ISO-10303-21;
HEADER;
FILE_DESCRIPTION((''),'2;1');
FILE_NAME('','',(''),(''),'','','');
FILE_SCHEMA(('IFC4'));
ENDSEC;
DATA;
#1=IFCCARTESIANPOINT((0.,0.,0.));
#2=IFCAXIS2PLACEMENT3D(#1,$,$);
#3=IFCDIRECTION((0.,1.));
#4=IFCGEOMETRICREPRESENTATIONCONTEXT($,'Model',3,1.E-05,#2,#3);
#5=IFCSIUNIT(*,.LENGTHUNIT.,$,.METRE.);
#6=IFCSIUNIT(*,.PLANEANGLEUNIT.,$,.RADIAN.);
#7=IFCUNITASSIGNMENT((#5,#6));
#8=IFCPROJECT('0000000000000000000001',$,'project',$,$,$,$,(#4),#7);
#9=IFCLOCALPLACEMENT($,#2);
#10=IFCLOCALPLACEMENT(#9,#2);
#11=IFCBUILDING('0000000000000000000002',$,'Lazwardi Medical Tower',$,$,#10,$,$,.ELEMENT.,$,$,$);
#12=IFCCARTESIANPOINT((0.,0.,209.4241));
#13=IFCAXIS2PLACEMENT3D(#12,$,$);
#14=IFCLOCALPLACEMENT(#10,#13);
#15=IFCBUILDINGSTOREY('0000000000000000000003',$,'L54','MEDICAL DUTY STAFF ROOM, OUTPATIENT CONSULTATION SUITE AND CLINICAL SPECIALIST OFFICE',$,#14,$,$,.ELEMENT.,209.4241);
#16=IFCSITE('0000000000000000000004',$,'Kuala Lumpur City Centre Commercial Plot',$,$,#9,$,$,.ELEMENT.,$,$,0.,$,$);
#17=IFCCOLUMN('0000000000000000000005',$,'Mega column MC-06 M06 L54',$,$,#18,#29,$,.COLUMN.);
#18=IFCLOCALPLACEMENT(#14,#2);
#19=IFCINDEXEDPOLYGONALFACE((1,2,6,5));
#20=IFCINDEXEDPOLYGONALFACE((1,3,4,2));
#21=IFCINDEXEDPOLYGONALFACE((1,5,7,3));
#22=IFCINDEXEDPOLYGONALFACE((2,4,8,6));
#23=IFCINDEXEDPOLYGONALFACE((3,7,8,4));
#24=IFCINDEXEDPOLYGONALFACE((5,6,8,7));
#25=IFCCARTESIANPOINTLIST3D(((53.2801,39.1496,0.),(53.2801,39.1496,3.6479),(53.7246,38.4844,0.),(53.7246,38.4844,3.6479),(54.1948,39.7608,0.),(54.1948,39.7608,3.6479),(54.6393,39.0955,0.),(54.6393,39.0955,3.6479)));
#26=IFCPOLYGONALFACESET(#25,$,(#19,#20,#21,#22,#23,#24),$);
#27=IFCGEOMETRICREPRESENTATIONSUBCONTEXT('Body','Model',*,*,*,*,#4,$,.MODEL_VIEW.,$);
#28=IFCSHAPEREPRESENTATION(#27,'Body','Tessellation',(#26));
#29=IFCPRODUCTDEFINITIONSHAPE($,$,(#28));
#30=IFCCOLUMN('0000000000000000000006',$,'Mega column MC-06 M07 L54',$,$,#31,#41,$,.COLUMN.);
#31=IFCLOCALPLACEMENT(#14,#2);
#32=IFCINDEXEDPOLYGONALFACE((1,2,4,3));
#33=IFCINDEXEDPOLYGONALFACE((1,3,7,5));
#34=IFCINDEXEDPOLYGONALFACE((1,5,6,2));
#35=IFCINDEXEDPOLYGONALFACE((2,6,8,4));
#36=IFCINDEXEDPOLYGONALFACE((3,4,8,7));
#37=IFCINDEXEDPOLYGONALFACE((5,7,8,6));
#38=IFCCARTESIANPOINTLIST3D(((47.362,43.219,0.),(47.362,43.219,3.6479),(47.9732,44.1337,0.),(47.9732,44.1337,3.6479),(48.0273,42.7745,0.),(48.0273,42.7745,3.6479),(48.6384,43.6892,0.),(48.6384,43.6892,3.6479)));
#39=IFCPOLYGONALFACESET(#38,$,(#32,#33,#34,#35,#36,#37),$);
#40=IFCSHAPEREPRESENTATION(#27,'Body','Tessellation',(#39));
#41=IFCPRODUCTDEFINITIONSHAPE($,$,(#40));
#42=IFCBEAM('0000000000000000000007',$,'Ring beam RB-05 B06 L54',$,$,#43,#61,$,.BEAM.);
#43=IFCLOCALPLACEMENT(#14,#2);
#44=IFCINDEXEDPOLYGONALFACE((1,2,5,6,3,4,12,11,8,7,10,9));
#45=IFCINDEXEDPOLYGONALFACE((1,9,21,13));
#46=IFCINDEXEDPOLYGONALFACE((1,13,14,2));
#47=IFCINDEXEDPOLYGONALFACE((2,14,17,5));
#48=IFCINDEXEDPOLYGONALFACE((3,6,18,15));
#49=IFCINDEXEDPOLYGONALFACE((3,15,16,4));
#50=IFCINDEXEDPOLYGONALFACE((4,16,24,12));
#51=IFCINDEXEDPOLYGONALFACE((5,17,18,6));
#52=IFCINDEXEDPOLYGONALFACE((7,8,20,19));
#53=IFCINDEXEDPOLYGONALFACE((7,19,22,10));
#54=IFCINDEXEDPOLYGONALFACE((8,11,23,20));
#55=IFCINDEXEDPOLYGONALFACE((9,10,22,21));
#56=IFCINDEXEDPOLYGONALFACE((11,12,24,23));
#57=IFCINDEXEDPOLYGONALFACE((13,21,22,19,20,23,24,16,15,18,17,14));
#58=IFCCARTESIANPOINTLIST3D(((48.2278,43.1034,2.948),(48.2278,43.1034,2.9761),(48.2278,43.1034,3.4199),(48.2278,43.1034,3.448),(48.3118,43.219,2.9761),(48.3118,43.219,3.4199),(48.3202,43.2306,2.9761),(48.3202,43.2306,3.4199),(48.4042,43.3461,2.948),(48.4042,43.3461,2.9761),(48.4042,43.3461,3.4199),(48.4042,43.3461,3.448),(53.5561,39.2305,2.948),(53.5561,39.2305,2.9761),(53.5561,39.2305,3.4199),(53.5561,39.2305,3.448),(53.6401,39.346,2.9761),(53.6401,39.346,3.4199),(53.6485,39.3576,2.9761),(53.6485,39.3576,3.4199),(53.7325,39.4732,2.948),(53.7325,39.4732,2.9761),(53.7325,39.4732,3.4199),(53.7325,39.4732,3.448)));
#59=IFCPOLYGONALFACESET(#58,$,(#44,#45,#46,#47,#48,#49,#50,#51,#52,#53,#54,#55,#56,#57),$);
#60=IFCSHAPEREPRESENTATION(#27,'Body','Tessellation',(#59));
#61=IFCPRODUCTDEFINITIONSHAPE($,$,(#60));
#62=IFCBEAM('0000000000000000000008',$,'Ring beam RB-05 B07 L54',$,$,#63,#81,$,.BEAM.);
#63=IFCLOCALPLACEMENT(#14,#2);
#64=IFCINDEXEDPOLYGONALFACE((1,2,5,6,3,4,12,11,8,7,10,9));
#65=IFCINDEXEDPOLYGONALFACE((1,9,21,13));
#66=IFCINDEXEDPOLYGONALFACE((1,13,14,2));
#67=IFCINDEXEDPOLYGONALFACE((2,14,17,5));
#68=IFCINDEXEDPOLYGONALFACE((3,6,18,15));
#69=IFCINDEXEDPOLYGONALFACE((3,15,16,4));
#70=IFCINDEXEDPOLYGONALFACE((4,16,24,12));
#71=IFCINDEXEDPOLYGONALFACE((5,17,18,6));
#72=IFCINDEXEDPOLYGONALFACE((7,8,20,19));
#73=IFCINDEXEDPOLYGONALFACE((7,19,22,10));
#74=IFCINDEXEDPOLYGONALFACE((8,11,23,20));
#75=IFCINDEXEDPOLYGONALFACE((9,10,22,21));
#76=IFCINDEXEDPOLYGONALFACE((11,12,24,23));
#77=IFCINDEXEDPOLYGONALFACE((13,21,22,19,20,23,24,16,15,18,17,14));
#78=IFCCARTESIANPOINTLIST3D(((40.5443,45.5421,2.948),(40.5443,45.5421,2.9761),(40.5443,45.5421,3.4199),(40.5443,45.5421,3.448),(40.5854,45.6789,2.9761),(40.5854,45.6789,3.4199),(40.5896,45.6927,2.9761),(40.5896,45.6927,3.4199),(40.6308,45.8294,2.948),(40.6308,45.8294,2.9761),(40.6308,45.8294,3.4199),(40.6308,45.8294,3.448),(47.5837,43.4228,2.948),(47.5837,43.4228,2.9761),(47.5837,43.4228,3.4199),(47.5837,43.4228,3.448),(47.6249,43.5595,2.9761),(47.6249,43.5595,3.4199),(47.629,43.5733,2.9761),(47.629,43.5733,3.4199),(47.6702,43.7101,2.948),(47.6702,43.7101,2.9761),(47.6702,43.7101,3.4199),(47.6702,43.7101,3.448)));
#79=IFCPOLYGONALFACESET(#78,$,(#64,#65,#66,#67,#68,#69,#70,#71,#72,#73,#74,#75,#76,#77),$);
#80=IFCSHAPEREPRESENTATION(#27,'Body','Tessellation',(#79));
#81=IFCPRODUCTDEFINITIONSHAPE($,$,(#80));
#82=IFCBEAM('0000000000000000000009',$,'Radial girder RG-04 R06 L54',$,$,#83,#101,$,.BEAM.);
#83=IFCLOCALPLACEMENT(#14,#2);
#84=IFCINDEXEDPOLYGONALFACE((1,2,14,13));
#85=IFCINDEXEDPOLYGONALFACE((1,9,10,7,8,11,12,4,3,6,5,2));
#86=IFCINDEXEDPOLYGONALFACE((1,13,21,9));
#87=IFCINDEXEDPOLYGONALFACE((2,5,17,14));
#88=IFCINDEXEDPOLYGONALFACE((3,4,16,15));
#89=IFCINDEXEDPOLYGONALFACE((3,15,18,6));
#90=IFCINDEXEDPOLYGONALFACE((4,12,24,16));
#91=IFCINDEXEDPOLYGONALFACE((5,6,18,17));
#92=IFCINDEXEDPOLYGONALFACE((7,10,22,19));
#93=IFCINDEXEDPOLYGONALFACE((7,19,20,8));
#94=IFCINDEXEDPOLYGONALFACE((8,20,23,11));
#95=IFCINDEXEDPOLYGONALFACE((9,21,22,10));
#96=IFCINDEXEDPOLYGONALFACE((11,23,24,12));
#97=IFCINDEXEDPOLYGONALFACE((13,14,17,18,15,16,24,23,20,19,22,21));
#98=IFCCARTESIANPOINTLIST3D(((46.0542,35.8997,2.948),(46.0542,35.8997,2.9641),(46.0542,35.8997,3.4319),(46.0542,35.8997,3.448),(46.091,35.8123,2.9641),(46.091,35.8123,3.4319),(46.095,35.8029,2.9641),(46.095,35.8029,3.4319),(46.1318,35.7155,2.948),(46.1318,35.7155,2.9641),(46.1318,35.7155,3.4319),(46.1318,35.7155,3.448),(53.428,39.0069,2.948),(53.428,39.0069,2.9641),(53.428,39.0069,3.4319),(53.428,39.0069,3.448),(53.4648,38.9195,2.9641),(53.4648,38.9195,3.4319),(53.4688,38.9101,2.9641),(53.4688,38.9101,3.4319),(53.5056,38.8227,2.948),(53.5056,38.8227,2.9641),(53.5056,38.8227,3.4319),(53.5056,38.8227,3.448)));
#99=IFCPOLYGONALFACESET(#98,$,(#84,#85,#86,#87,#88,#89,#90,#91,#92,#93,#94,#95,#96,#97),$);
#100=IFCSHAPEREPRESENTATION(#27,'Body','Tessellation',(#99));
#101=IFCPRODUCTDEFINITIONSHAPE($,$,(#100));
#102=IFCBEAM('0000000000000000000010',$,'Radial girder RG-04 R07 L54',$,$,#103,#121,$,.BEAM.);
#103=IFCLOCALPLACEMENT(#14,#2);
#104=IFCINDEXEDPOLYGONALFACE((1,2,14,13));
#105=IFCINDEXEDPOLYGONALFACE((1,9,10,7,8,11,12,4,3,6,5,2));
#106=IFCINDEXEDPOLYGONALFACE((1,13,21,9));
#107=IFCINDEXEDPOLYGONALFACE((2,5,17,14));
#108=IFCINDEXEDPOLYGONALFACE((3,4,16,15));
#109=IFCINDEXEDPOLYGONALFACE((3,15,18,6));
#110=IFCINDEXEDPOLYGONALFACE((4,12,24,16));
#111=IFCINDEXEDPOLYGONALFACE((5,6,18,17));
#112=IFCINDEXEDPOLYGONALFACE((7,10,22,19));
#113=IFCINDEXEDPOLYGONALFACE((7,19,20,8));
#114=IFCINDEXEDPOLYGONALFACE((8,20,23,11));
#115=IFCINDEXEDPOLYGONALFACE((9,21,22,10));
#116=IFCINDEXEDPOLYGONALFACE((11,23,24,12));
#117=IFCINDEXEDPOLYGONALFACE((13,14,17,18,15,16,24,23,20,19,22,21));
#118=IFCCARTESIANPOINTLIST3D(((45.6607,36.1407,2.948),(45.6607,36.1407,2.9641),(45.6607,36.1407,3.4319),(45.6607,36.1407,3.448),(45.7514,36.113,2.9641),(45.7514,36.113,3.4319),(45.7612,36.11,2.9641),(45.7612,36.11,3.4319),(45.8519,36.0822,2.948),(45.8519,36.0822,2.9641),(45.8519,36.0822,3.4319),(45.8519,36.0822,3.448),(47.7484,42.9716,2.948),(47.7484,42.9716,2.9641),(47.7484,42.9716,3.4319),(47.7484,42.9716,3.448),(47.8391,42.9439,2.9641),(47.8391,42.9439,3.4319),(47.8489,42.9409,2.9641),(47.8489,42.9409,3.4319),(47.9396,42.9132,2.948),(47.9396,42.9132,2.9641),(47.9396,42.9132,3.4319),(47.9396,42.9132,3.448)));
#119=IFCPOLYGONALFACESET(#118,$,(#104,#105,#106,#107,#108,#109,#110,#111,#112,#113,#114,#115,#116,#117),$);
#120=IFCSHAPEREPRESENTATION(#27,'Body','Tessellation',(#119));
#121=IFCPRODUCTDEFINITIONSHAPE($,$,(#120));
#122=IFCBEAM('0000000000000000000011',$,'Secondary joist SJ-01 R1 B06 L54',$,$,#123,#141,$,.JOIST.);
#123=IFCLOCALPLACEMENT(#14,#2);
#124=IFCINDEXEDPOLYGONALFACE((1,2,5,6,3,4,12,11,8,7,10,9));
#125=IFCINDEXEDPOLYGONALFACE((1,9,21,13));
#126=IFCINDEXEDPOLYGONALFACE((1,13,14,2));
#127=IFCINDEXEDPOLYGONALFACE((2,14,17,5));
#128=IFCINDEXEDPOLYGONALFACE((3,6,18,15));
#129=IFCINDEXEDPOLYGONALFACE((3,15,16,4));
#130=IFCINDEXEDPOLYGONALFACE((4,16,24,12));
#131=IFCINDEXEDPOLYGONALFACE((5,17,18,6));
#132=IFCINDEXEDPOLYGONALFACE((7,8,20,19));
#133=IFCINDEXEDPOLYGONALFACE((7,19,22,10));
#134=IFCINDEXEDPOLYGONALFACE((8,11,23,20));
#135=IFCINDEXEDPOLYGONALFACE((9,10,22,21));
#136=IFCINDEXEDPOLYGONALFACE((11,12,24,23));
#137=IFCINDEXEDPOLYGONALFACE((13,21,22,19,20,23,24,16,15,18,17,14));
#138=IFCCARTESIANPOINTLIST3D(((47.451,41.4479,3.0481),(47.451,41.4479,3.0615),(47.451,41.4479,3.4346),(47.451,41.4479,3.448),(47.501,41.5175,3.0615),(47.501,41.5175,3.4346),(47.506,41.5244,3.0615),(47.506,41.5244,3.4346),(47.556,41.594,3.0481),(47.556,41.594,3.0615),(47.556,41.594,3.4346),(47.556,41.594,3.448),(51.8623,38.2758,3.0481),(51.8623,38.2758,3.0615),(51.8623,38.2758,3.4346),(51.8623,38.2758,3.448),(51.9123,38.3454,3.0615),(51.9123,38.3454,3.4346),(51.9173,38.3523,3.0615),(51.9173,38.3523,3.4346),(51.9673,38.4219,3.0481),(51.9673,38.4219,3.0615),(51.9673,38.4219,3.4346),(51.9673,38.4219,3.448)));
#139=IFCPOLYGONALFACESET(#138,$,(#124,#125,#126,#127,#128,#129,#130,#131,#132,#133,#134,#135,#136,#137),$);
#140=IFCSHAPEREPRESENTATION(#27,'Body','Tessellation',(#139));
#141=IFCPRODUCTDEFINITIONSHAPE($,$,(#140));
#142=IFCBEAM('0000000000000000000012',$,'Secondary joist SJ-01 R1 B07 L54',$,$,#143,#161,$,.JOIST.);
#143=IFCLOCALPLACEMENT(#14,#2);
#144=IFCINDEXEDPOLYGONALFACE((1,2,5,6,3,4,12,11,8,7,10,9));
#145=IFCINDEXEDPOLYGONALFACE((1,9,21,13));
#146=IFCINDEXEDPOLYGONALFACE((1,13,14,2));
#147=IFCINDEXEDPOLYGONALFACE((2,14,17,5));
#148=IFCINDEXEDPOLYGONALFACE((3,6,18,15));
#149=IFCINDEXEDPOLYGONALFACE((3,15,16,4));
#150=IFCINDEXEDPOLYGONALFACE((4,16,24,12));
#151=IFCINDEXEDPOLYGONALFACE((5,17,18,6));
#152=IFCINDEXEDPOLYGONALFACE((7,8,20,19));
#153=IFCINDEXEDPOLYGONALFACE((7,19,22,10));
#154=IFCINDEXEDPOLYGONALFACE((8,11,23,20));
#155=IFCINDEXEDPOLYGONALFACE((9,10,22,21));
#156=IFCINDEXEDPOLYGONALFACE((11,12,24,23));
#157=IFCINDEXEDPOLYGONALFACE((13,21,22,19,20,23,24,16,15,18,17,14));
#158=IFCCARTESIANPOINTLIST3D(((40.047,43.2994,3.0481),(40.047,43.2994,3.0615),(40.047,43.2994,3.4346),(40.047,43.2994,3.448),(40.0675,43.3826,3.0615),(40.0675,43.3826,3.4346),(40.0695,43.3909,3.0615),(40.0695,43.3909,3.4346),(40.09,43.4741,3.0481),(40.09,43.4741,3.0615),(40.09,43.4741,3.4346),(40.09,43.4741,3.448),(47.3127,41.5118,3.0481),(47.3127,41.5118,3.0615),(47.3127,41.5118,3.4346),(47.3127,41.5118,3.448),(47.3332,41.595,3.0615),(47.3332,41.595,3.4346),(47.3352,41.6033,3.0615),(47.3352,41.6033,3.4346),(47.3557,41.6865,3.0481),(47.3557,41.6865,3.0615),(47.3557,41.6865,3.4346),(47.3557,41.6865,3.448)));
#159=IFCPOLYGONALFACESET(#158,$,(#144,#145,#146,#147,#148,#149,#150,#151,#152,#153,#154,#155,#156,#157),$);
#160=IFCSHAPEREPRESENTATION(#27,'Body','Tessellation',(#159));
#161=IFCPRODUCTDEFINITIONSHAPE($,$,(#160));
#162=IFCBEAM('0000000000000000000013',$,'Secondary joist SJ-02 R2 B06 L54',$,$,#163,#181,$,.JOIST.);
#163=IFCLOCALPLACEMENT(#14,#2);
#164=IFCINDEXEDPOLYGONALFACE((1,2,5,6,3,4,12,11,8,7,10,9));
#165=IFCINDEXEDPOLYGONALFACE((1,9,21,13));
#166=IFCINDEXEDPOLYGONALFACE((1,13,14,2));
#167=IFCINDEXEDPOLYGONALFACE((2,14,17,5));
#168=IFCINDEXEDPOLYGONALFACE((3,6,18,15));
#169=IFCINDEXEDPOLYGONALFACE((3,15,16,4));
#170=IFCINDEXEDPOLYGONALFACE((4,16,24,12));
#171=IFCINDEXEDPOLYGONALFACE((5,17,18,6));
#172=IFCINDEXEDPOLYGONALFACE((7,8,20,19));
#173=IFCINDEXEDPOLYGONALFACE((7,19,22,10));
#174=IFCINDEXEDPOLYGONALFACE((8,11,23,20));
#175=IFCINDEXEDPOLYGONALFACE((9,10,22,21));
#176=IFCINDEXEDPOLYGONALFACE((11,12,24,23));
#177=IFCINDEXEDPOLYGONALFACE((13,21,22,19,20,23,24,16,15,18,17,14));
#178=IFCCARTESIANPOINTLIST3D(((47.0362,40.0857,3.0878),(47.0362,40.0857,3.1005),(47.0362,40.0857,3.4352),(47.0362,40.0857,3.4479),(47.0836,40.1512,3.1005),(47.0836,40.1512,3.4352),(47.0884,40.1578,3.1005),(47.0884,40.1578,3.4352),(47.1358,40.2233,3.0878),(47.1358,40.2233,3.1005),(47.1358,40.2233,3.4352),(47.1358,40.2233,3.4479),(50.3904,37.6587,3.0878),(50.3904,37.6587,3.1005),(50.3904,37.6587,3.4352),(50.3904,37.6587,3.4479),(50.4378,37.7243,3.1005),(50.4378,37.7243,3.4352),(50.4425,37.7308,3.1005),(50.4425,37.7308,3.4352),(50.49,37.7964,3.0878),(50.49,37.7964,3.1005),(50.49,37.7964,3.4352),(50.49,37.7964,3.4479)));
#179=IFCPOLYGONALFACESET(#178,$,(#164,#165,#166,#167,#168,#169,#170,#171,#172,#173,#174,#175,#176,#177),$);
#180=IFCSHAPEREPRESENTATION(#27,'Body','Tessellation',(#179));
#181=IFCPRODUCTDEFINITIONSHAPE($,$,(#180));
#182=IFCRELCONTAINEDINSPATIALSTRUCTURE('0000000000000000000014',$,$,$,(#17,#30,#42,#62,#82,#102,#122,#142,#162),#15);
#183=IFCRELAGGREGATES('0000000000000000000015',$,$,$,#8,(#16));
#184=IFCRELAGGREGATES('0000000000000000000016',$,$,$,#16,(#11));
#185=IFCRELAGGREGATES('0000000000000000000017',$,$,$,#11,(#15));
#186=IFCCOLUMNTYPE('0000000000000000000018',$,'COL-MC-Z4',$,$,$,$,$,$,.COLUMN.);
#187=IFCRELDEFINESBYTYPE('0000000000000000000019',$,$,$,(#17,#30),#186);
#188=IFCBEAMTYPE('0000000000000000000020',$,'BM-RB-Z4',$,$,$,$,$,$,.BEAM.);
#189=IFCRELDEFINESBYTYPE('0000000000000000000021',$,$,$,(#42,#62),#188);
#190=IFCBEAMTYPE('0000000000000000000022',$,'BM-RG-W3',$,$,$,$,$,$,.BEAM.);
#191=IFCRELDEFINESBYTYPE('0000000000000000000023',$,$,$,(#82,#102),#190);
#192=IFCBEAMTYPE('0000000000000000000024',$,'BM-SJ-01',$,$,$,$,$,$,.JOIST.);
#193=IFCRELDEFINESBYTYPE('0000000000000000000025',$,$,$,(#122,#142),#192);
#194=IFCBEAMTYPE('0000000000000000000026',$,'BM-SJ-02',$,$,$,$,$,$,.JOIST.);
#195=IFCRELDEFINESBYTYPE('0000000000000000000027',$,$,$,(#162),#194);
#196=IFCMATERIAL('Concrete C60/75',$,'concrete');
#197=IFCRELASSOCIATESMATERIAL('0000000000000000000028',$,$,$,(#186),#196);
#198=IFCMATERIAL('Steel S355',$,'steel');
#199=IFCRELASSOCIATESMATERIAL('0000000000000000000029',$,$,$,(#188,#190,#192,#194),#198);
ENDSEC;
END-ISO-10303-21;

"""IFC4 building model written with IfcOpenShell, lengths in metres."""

from ifc_helpers import new_model, si_unit, direction, frame, origin, origin_2d, place, context, subcontext, project, spatial, rectangle, i_section, extrude, material, material_profile, profile_set, type_object, element, save


model = new_model("IFC4")

# Units and contexts
model_context = context("Model", 3, precision=1e-05, world=origin(), true_north=direction((0.0, 1.0)))
body_context = subcontext(model_context, "Body", "Model", "MODEL_VIEW")
ifc_project = project(units=[si_unit("LENGTHUNIT", "METRE"), si_unit("PLANEANGLEUNIT", "RADIAN")], contexts=[model_context])

# Site, building, storey
site_placement = place(None, origin())
site = spatial("IfcSite", under=ifc_project, at=site_placement, Name="Kuala Lumpur City Centre Commercial Plot", CompositionType="ELEMENT", RefElevation=0.0)
building_placement = place(site_placement, origin())
building = spatial("IfcBuilding", under=site, at=building_placement, Name="Lazwardi Medical Tower", CompositionType="ELEMENT")
storey_placement = place(building_placement, frame((0.0, 0.0, 209.4241)))
storey = spatial("IfcBuildingStorey", under=building, at=storey_placement, Name="L54", Description="MEDICAL DUTY STAFF ROOM, OUTPATIENT CONSULTATION SUITE AND CLINICAL SPECIALIST OFFICE", CompositionType="ELEMENT", Elevation=209.4241)

# Columns
ifc_material_1 = material(Name="Concrete C60/75", Category="concrete")
ifc_material_profile_1 = material_profile(ifc_material_1, rectangle(XDim=1.1001, YDim=0.8, at=origin_2d()), Name="CFT-RECT 1100x800")
ifc_profile_set_1 = profile_set([ifc_material_profile_1], Name="Concrete C60/75")
column_type = type_object("IfcColumnType", Name="COL-MC-Z4", PredefinedType="COLUMN", material=ifc_profile_set_1)
for number, where, z_axis, x_axis, name in (
    (1, (53.9597, 39.1226, 0.0), (0.0, 0.0, 1.0), (0.83147, 0.55557, 0.0), "Mega column MC-06 M06 L54"),
    (2, (48.0002, 43.4541, 0.0), (0.0, 0.0, 1.0), (0.55557, 0.83147, 0.0), "Mega column MC-06 M07 L54"),
):
    element("IfcColumn", number, at=place(storey_placement, frame(where, z_axis=z_axis, x_axis=x_axis)), inside=storey, type_object=column_type, Name=name, PredefinedType="COLUMN", context=body_context, shape_type="SweptSolid", body=[
        extrude(rectangle(XDim=1.1001, YDim=0.8, at=origin_2d()), origin(), (0.0, 0.0, 1.0), 3.6479),
    ])

# Beams
ifc_material_2 = material(Name="Steel S355", Category="steel")
ifc_material_profile_2 = material_profile(ifc_material_2, i_section(OverallWidth=0.3, OverallDepth=0.5, WebThickness=0.0144, FlangeThickness=0.0281, at=origin_2d()), Name="HEB 500")
ifc_profile_set_2 = profile_set([ifc_material_profile_2], Name="Steel S355")
beam_type_1 = type_object("IfcBeamType", Name="BM-RB-Z4", PredefinedType="BEAM", material=ifc_profile_set_2)
beam_1_placement = place(storey_placement, frame((53.6443, 39.3518, 3.198), z_axis=(-0.80889, 0.58796, 0.0), x_axis=(-0.58796, -0.80889, 0.0)))
element("IfcBeam", 3, at=beam_1_placement, inside=storey, type_object=beam_type_1, Name="Ring beam RB-05 B06 L54", PredefinedType="BEAM", context=body_context, shape_type="SweptSolid", body=[
    extrude(i_section(OverallWidth=0.3, OverallDepth=0.5, WebThickness=0.0144, FlangeThickness=0.0281, at=origin_2d()), origin(), (0.0, 0.0, 1.0), 6.5872),
])
beam_2_placement = place(storey_placement, frame((47.627, 43.5664, 3.198), z_axis=(-0.957544, 0.288286, 0.0), x_axis=(-0.288286, -0.957544, 0.0)))
element("IfcBeam", 4, at=beam_2_placement, inside=storey, type_object=beam_type_1, Name="Ring beam RB-05 B07 L54", PredefinedType="BEAM", context=body_context, shape_type="SweptSolid", body=[
    extrude(i_section(OverallWidth=0.3, OverallDepth=0.5, WebThickness=0.0144, FlangeThickness=0.0281, at=origin_2d()), origin(), (0.0, 0.0, 1.0), 7.3516),
])
ifc_material_profile_3 = material_profile(ifc_material_2, i_section(OverallWidth=0.2, OverallDepth=0.5, WebThickness=0.0103, FlangeThickness=0.0161, at=origin_2d()), Name="IPE 500")
ifc_profile_set_3 = profile_set([ifc_material_profile_3], Name="Steel S355")
beam_type_2 = type_object("IfcBeamType", Name="BM-RG-W3", PredefinedType="BEAM", material=ifc_profile_set_3)
beam_3_placement = place(storey_placement, frame((53.4668, 38.9148, 3.198), z_axis=(-0.921527, -0.388315, 0.0), x_axis=(0.388315, -0.921527, 0.0)))
element("IfcBeam", 5, at=beam_3_placement, inside=storey, type_object=beam_type_2, Name="Radial girder RG-04 R06 L54", PredefinedType="BEAM", context=body_context, shape_type="SweptSolid", body=[
    extrude(i_section(OverallWidth=0.2, OverallDepth=0.5, WebThickness=0.0103, FlangeThickness=0.0161, at=origin_2d()), origin(), (0.0, 0.0, 1.0), 8.0017),
])
beam_4_placement = place(storey_placement, frame((47.844, 42.9424, 3.198), z_axis=(-0.292277, -0.956334, 0.0), x_axis=(0.956334, -0.292277, 0.0)))
element("IfcBeam", 6, at=beam_4_placement, inside=storey, type_object=beam_type_2, Name="Radial girder RG-04 R07 L54", PredefinedType="BEAM", context=body_context, shape_type="SweptSolid", body=[
    extrude(i_section(OverallWidth=0.2, OverallDepth=0.5, WebThickness=0.0103, FlangeThickness=0.0161, at=origin_2d()), origin(), (0.0, 0.0, 1.0), 7.1428),
])
ifc_material_profile_4 = material_profile(ifc_material_2, i_section(OverallWidth=0.1799, OverallDepth=0.3999, WebThickness=0.0085, FlangeThickness=0.0134, at=origin_2d()), Name="IPE 400")
ifc_profile_set_4 = profile_set([ifc_material_profile_4], Name="Steel S355")
beam_type_3 = type_object("IfcBeamType", Name="BM-SJ-01", PredefinedType="JOIST", material=ifc_profile_set_4)
beam_5_placement = place(storey_placement, frame((51.9148, 38.3489, 3.248), z_axis=(-0.81189, 0.583811, 0.0), x_axis=(-0.583811, -0.81189, 0.0)))
element("IfcBeam", 7, at=beam_5_placement, inside=storey, type_object=beam_type_3, Name="Secondary joist SJ-01 R1 B06 L54", PredefinedType="JOIST", context=body_context, shape_type="SweptSolid", body=[
    extrude(i_section(OverallWidth=0.1799, OverallDepth=0.3999, WebThickness=0.0085, FlangeThickness=0.0134, at=origin_2d()), origin(), (0.0, 0.0, 1.0), 5.4333),
])
beam_6_placement = place(storey_placement, frame((47.3342, 41.5991, 3.248), z_axis=(-0.971042, 0.23891, 0.0), x_axis=(-0.23891, -0.971042, 0.0)))
element("IfcBeam", 8, at=beam_6_placement, inside=storey, type_object=beam_type_3, Name="Secondary joist SJ-01 R1 B07 L54", PredefinedType="JOIST", context=body_context, shape_type="SweptSolid", body=[
    extrude(i_section(OverallWidth=0.1799, OverallDepth=0.3999, WebThickness=0.0085, FlangeThickness=0.0134, at=origin_2d()), origin(), (0.0, 0.0, 1.0), 7.4824),
])
ifc_material_profile_5 = material_profile(ifc_material_2, i_section(OverallWidth=0.1699, OverallDepth=0.3601, WebThickness=0.0081, FlangeThickness=0.0127, at=origin_2d()), Name="IPE 360")
ifc_profile_set_5 = profile_set([ifc_material_profile_5], Name="Steel S355")
beam_type_4 = type_object("IfcBeamType", Name="BM-SJ-02", PredefinedType="JOIST", material=ifc_profile_set_5)
beam_7_placement = place(storey_placement, frame((50.4402, 37.7275, 3.2678), z_axis=(-0.810164, 0.586203, 0.0), x_axis=(-0.586203, -0.810164, 0.0)))
element("IfcBeam", 9, at=beam_7_placement, inside=storey, type_object=beam_type_4, Name="Secondary joist SJ-02 R2 B06 L54", PredefinedType="JOIST", context=body_context, shape_type="SweptSolid", body=[
    extrude(i_section(OverallWidth=0.1699, OverallDepth=0.3601, WebThickness=0.0081, FlangeThickness=0.0127, at=origin_2d()), origin(), (0.0, 0.0, 1.0), 4.1401),
])

save(model, "model.ifc")
